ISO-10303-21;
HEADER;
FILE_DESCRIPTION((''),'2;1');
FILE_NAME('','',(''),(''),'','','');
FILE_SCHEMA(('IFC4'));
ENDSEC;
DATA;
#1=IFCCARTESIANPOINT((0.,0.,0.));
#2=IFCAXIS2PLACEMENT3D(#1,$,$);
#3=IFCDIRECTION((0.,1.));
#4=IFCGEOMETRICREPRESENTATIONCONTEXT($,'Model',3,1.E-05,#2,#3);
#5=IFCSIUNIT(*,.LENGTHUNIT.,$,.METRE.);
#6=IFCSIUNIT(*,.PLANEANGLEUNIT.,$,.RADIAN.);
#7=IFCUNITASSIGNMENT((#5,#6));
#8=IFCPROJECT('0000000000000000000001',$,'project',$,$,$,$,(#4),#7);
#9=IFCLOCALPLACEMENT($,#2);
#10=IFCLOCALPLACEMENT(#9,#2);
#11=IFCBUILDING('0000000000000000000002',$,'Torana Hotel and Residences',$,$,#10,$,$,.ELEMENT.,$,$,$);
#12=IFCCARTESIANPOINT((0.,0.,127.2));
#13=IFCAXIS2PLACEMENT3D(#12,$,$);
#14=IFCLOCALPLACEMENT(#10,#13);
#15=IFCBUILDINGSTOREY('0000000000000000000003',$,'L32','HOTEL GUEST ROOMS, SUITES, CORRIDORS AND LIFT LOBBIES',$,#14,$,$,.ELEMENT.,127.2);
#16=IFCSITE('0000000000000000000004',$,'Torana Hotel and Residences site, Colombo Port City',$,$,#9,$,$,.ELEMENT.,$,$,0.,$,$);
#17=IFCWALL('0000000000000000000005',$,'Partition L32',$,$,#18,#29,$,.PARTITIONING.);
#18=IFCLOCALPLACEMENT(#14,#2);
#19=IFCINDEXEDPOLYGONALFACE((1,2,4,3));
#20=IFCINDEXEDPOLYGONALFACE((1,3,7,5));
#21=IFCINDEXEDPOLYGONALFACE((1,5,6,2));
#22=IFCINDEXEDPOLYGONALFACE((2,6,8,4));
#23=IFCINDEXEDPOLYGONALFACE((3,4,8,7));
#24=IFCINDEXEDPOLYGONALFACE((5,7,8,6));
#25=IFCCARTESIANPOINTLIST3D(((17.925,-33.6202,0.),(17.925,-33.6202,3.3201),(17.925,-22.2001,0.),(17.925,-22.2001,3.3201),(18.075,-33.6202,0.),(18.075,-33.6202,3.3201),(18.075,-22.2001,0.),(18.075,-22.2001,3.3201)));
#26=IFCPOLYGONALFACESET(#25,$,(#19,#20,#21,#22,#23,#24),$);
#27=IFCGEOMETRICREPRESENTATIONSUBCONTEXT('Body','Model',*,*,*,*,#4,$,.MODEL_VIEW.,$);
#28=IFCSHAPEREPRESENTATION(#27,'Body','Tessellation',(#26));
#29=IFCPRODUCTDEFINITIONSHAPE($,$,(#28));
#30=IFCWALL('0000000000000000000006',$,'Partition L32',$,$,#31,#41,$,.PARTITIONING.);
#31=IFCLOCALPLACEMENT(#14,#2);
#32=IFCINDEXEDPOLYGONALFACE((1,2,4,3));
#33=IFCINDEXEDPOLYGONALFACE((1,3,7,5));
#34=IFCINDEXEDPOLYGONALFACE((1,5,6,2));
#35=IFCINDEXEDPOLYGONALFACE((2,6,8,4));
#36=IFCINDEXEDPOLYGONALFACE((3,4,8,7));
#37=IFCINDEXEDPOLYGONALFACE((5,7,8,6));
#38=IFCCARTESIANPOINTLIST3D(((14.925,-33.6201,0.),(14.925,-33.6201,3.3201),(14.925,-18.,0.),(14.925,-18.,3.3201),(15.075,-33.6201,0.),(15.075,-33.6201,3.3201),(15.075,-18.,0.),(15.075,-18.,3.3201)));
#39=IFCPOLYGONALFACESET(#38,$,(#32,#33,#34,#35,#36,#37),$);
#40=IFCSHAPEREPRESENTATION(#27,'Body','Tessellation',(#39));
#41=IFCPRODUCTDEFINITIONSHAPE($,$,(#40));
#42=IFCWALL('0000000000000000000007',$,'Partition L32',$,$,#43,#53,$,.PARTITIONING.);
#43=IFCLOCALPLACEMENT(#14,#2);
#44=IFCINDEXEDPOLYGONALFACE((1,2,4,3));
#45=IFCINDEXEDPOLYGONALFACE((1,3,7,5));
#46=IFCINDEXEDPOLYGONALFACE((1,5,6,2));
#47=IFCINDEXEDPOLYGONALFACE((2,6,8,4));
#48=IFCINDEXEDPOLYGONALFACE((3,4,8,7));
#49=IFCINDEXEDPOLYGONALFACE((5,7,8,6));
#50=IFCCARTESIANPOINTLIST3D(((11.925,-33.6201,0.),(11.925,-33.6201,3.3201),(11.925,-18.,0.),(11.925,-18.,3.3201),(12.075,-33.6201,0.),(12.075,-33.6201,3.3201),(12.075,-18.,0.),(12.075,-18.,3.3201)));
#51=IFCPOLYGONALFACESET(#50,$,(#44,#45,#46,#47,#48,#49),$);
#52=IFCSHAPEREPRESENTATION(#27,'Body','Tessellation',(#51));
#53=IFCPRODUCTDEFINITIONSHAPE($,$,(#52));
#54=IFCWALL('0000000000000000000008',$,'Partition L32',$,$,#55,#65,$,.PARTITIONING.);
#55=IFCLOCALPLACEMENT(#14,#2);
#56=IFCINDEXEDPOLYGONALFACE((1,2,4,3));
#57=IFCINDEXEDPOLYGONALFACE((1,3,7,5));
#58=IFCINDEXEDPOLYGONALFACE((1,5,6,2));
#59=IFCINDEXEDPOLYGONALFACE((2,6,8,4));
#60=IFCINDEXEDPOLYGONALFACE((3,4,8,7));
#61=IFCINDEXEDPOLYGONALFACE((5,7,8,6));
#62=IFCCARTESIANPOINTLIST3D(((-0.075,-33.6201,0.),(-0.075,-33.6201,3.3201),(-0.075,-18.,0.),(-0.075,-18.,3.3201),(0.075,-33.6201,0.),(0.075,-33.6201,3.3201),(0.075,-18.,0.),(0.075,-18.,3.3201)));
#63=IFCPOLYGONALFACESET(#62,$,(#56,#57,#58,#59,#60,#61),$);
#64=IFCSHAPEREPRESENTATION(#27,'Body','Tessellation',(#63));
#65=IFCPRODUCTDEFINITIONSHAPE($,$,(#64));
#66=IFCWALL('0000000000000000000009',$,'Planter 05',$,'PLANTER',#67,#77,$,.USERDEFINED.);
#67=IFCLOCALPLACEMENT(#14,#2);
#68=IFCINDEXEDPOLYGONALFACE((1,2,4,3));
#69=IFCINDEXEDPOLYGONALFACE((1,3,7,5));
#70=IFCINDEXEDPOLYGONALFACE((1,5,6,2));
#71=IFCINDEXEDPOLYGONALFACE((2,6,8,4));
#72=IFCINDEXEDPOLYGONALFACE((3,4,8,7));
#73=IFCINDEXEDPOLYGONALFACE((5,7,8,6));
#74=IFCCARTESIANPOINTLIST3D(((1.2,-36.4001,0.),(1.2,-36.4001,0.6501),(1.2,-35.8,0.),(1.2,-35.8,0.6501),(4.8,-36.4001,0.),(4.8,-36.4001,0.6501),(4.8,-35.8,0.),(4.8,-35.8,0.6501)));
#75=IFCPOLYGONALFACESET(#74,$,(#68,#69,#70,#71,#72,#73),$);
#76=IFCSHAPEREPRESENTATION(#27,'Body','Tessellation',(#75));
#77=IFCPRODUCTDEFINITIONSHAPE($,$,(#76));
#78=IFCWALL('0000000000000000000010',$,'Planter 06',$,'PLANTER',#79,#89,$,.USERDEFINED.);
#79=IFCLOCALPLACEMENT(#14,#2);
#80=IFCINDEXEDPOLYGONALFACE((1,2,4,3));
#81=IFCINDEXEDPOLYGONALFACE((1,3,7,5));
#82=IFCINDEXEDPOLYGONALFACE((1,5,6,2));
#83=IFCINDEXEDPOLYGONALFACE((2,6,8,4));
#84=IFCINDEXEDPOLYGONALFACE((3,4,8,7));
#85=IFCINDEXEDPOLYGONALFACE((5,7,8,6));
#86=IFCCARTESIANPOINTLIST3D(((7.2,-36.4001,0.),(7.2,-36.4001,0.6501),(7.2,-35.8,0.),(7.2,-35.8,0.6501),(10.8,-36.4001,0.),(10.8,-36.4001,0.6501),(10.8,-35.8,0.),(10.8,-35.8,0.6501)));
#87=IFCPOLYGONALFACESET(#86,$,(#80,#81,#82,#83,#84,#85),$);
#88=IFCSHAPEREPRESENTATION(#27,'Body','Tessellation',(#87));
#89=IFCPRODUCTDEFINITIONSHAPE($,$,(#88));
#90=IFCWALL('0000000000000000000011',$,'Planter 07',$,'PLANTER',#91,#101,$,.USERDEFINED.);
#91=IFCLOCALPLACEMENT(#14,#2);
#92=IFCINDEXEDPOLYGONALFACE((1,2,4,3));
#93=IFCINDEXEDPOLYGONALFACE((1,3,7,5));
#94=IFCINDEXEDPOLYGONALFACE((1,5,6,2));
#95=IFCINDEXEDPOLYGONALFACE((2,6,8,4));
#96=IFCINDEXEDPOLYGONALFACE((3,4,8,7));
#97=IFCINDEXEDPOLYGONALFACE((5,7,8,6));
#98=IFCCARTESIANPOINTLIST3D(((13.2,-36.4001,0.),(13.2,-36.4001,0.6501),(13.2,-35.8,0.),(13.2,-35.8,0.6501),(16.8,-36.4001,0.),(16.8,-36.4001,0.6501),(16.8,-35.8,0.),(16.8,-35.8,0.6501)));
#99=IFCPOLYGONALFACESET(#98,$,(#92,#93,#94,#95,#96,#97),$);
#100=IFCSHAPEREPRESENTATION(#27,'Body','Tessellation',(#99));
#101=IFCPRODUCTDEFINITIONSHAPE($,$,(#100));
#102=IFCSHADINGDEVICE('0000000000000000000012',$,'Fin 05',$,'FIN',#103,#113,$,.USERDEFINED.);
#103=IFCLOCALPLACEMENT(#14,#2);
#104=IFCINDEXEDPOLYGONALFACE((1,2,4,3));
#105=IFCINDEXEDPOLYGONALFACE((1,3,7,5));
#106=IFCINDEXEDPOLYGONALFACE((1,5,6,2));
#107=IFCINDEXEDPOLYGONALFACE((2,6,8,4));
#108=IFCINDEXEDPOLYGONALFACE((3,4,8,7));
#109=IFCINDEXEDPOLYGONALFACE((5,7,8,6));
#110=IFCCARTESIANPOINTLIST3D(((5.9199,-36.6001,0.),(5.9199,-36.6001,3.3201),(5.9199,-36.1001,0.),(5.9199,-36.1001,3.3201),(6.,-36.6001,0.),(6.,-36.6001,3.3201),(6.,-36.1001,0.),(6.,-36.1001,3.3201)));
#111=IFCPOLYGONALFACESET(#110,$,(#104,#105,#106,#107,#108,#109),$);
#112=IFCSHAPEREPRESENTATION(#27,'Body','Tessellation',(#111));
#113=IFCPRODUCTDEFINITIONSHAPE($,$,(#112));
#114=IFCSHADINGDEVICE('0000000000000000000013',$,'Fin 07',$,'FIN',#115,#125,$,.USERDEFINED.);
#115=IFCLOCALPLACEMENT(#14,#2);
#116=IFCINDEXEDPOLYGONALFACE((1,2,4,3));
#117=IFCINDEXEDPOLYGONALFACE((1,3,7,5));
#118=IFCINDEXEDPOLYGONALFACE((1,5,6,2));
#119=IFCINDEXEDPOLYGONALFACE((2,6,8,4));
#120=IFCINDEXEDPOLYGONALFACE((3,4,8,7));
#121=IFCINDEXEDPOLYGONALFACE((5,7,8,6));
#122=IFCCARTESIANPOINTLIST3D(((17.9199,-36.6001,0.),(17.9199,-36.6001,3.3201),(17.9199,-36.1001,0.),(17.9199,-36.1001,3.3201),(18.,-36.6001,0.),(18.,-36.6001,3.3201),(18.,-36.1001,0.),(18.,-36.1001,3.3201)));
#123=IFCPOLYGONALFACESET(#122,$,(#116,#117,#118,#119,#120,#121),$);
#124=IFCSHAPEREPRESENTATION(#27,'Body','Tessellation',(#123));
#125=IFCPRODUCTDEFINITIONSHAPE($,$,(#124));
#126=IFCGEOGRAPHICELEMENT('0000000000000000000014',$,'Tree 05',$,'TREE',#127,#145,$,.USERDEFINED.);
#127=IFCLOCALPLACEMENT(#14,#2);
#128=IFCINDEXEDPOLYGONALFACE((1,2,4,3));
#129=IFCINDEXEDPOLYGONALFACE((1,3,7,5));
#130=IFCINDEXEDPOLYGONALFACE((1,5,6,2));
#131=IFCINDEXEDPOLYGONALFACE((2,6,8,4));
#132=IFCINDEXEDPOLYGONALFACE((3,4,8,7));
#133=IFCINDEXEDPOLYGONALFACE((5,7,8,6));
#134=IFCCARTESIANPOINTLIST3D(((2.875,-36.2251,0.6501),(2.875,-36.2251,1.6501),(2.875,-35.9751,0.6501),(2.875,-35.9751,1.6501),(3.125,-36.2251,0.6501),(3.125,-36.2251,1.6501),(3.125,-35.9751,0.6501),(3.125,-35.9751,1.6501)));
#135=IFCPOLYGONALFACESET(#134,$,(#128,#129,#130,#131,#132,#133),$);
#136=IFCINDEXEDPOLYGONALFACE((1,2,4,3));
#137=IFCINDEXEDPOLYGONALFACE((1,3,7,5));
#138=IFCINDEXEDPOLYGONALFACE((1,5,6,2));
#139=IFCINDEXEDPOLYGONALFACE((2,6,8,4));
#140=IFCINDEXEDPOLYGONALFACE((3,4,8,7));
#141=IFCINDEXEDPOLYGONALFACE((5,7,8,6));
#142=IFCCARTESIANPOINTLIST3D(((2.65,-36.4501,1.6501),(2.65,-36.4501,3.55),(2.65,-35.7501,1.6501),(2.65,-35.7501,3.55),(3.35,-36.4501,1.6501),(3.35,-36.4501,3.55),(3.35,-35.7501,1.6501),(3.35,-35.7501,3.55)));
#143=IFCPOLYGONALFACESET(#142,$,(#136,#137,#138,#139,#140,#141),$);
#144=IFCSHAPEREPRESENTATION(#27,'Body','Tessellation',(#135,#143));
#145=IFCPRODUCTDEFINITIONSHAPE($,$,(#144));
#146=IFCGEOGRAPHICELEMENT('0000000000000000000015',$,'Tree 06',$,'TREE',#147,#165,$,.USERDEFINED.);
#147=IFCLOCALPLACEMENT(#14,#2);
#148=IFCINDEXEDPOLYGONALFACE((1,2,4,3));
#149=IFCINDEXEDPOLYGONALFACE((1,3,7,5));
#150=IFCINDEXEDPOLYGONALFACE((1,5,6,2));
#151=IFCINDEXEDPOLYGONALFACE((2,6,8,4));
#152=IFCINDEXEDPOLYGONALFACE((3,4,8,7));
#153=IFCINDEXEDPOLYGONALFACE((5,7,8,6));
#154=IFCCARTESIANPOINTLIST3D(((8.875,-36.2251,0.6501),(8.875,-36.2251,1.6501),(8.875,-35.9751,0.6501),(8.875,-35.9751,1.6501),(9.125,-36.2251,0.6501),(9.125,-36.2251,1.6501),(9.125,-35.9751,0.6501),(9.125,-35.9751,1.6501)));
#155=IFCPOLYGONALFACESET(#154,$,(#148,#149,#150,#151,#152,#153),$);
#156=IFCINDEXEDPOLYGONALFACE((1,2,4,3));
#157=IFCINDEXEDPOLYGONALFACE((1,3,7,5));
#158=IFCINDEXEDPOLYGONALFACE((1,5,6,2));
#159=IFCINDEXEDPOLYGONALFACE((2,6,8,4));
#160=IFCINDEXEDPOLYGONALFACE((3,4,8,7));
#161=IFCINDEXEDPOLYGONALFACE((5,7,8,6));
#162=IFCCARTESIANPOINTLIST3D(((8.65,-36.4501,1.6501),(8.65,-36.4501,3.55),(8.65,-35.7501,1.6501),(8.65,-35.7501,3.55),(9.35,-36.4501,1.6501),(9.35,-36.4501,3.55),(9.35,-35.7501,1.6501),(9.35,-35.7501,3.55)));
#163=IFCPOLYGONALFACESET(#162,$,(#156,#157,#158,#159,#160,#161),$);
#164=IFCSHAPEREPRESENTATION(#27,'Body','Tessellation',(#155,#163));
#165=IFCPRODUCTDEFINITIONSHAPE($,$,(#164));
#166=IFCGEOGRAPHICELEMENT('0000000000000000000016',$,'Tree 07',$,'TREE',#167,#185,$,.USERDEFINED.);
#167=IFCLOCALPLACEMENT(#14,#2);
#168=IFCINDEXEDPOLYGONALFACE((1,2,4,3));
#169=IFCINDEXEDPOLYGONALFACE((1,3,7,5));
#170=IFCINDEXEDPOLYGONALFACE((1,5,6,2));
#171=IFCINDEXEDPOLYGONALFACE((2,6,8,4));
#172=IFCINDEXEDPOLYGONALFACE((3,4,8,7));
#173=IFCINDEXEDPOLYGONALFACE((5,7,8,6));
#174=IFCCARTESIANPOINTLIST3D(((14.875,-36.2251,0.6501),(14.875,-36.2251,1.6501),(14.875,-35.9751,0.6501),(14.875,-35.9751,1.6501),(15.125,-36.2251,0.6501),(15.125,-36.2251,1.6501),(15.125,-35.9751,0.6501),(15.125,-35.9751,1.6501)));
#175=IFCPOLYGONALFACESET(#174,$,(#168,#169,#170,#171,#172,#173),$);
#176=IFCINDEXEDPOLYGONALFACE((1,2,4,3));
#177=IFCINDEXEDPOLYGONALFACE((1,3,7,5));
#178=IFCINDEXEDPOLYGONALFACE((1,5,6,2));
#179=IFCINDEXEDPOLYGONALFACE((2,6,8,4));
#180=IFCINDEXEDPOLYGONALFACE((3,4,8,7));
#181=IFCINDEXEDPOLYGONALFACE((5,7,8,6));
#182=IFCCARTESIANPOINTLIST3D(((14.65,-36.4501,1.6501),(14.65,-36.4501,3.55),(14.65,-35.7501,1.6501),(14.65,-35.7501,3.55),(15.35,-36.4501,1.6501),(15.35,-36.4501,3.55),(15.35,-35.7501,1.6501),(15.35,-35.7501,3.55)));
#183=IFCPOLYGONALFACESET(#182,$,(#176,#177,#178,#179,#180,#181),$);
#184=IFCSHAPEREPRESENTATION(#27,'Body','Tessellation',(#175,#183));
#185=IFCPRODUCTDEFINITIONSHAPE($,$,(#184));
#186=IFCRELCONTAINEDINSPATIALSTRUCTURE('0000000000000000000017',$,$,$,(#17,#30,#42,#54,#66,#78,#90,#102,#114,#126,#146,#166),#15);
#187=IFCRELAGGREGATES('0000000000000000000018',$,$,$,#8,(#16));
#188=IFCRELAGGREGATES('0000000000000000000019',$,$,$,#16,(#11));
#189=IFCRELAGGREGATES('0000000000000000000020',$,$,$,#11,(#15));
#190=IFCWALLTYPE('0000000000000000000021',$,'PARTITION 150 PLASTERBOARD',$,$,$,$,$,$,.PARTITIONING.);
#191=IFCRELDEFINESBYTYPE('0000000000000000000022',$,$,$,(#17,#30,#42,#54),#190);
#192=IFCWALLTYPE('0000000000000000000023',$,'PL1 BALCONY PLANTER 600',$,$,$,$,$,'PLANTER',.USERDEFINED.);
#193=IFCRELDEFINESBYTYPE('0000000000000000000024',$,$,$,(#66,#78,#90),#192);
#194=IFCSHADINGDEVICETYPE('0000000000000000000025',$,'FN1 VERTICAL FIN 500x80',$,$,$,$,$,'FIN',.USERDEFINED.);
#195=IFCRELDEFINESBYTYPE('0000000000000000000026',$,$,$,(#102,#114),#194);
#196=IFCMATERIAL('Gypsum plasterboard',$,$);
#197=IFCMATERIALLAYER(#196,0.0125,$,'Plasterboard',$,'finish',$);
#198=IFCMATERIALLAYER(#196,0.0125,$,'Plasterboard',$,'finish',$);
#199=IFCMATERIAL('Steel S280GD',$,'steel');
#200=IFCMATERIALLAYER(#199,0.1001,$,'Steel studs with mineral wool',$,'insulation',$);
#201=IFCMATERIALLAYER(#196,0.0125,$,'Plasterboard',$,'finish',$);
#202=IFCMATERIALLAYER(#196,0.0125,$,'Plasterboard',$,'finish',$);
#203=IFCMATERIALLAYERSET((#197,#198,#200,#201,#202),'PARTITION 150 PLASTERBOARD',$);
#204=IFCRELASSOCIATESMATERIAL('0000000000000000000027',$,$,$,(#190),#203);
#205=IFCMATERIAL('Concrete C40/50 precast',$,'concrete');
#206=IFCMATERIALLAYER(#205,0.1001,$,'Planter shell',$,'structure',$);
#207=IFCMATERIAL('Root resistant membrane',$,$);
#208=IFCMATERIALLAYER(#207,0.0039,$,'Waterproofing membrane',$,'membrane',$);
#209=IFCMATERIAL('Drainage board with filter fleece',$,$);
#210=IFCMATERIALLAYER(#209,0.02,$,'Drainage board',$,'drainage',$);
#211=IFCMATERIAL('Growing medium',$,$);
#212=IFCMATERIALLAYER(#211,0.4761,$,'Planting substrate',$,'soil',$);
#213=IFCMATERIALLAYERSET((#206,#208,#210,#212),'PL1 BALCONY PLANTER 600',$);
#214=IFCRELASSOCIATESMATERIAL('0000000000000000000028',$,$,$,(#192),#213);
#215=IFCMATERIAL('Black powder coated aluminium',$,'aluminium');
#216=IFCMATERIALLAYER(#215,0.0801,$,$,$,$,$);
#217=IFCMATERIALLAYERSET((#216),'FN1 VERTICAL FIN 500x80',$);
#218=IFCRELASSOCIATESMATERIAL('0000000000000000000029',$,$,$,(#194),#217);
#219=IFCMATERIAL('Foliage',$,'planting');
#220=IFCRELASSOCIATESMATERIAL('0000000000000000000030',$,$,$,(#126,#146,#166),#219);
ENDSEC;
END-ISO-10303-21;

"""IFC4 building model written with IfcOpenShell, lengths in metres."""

from ifc_helpers import new_model, si_unit, direction, frame, frame_2d, origin, origin_2d, place, context, subcontext, project, spatial, rectangle, extrude, material, layer, layer_set, type_object, element, save


model = new_model("IFC4")

# Units and contexts
model_context = context("Model", 3, precision=1e-05, world=origin(), true_north=direction((0.0, 1.0)))
body_context = subcontext(model_context, "Body", "Model", "MODEL_VIEW")
ifc_project = project(units=[si_unit("LENGTHUNIT", "METRE"), si_unit("PLANEANGLEUNIT", "RADIAN")], contexts=[model_context])

# Site, building, storey
site_placement = place(None, origin())
site = spatial("IfcSite", under=ifc_project, at=site_placement, Name="Torana Hotel and Residences site, Colombo Port City", CompositionType="ELEMENT", RefElevation=0.0)
building_placement = place(site_placement, origin())
building = spatial("IfcBuilding", under=site, at=building_placement, Name="Torana Hotel and Residences", CompositionType="ELEMENT")
storey_placement = place(building_placement, frame((0.0, 0.0, 127.2)))
storey = spatial("IfcBuildingStorey", under=building, at=storey_placement, Name="L32", Description="HOTEL GUEST ROOMS, SUITES, CORRIDORS AND LIFT LOBBIES", CompositionType="ELEMENT", Elevation=127.2)

# Walls
ifc_material_1 = material(Name="Gypsum plasterboard")
ifc_layer_1 = layer(ifc_material_1, 0.0125, Name="Plasterboard", Category="finish")
ifc_layer_2 = layer(ifc_material_1, 0.0125, Name="Plasterboard", Category="finish")
ifc_material_2 = material(Name="Steel S280GD", Category="steel")
ifc_layer_3 = layer(ifc_material_2, 0.1001, Name="Steel studs with mineral wool", Category="insulation")
ifc_layer_4 = layer(ifc_material_1, 0.0125, Name="Plasterboard", Category="finish")
ifc_layer_5 = layer(ifc_material_1, 0.0125, Name="Plasterboard", Category="finish")
ifc_layer_set_1 = layer_set([ifc_layer_1, ifc_layer_2, ifc_layer_3, ifc_layer_4, ifc_layer_5], Name="PARTITION 150 PLASTERBOARD")
wall_type_1 = type_object("IfcWallType", Name="PARTITION 150 PLASTERBOARD", PredefinedType="PARTITIONING", material=ifc_layer_set_1)
wall_placement = place(storey_placement, frame((18.0, -33.6201, 0.0), z_axis=(0.0, 0.0, 1.0), x_axis=(0.0, 1.0, 0.0)))
element("IfcWall", 1, at=wall_placement, inside=storey, type_object=wall_type_1, Name="Partition L32", PredefinedType="PARTITIONING", context=body_context, shape_type="SweptSolid", body=[
    extrude(rectangle(XDim=11.4202, YDim=0.1499, at=frame_2d((5.71, 0.0))), origin(), (0.0, 0.0, 1.0), 3.3201),
])
for number, where, z_axis, x_axis, name in (
    (2, (15.0, -33.6201, 0.0), (0.0, 0.0, 1.0), (0.0, 1.0, 0.0), "Partition L32"),
    (3, (12.0, -33.6201, 0.0), (0.0, 0.0, 1.0), (0.0, 1.0, 0.0), "Partition L32"),
    (4, (0.0, -33.6201, 0.0), (0.0, 0.0, 1.0), (0.0, 1.0, 0.0), "Partition L32"),
):
    element("IfcWall", number, at=place(storey_placement, frame(where, z_axis=z_axis, x_axis=x_axis)), inside=storey, type_object=wall_type_1, Name=name, PredefinedType="PARTITIONING", context=body_context, shape_type="SweptSolid", body=[
        extrude(rectangle(XDim=15.6201, YDim=0.1499, at=frame_2d((7.8101, 0.0))), origin(), (0.0, 0.0, 1.0), 3.3201),
    ])
ifc_material_3 = material(Name="Concrete C40/50 precast", Category="concrete")
ifc_layer_6 = layer(ifc_material_3, 0.1001, Name="Planter shell", Category="structure")
ifc_material_4 = material(Name="Root resistant membrane")
ifc_layer_7 = layer(ifc_material_4, 0.0039, Name="Waterproofing membrane", Category="membrane")
ifc_material_5 = material(Name="Drainage board with filter fleece")
ifc_layer_8 = layer(ifc_material_5, 0.02, Name="Drainage board", Category="drainage")
ifc_material_6 = material(Name="Growing medium")
ifc_layer_9 = layer(ifc_material_6, 0.4761, Name="Planting substrate", Category="soil")
ifc_layer_set_2 = layer_set([ifc_layer_6, ifc_layer_7, ifc_layer_8, ifc_layer_9], Name="PL1 BALCONY PLANTER 600")
wall_type_2 = type_object("IfcWallType", Name="PL1 BALCONY PLANTER 600", ElementType="PLANTER", PredefinedType="USERDEFINED", material=ifc_layer_set_2)
for number, where, z_axis, x_axis, name in (
    (5, (4.8, -36.1001, 0.0), (0.0, 0.0, 1.0), (-1.0, 0.0, 0.0), "Planter 05"),
    (6, (10.8, -36.1001, 0.0), (0.0, 0.0, 1.0), (-1.0, 0.0, 0.0), "Planter 06"),
    (7, (16.8, -36.1001, 0.0), (0.0, 0.0, 1.0), (-1.0, 0.0, 0.0), "Planter 07"),
):
    element("IfcWall", number, at=place(storey_placement, frame(where, z_axis=z_axis, x_axis=x_axis)), inside=storey, type_object=wall_type_2, Name=name, ObjectType="PLANTER", PredefinedType="USERDEFINED", context=body_context, shape_type="SweptSolid", body=[
        extrude(rectangle(XDim=3.6001, YDim=0.6001, at=frame_2d((1.8, 0.0))), origin(), (0.0, 0.0, 1.0), 0.6501),
    ])

# Shading devices
ifc_material_7 = material(Name="Black powder coated aluminium", Category="aluminium")
ifc_layer_10 = layer(ifc_material_7, 0.0801)
ifc_layer_set_3 = layer_set([ifc_layer_10], Name="FN1 VERTICAL FIN 500x80")
shading_device_type = type_object("IfcShadingDeviceType", Name="FN1 VERTICAL FIN 500x80", ElementType="FIN", PredefinedType="USERDEFINED", material=ifc_layer_set_3)
for number, where, z_axis, x_axis, name in (
    (8, (5.96, -36.3501, 0.0), (0.0, 0.0, 1.0), (-1.0, 0.0, 0.0), "Fin 05"),
    (9, (17.96, -36.3501, 0.0), (0.0, 0.0, 1.0), (-1.0, 0.0, 0.0), "Fin 07"),
):
    element("IfcShadingDevice", number, at=place(storey_placement, frame(where, z_axis=z_axis, x_axis=x_axis)), inside=storey, type_object=shading_device_type, Name=name, ObjectType="FIN", PredefinedType="USERDEFINED", context=body_context, shape_type="SweptSolid", body=[
        extrude(rectangle(XDim=0.0801, YDim=0.5, at=origin_2d()), origin(), (0.0, 0.0, 1.0), 3.3201),
    ])

# Geographic elements
ifc_material_8 = material(Name="Foliage", Category="planting")
for number, where, z_axis, x_axis, name in (
    (10, (3.0, -36.1001, 0.6501), (0.0, 0.0, 1.0), (1.0, 0.0, 0.0), "Tree 05"),
    (11, (9.0, -36.1001, 0.6501), (0.0, 0.0, 1.0), (1.0, 0.0, 0.0), "Tree 06"),
    (12, (15.0, -36.1001, 0.6501), (0.0, 0.0, 1.0), (1.0, 0.0, 0.0), "Tree 07"),
):
    element("IfcGeographicElement", number, at=place(storey_placement, frame(where, z_axis=z_axis, x_axis=x_axis)), inside=storey, material=ifc_material_8, Name=name, ObjectType="TREE", PredefinedType="USERDEFINED", context=body_context, shape_type="SweptSolid", body=[
        extrude(rectangle(XDim=0.25, YDim=0.25, at=origin_2d()), origin(), (0.0, 0.0, 1.0), 1.0),
        extrude(rectangle(XDim=0.7, YDim=0.7, at=origin_2d()), frame((0.0, 0.0, 1.0)), (0.0, 0.0, 1.0), 1.8999),
    ])

save(model, "model.ifc")
